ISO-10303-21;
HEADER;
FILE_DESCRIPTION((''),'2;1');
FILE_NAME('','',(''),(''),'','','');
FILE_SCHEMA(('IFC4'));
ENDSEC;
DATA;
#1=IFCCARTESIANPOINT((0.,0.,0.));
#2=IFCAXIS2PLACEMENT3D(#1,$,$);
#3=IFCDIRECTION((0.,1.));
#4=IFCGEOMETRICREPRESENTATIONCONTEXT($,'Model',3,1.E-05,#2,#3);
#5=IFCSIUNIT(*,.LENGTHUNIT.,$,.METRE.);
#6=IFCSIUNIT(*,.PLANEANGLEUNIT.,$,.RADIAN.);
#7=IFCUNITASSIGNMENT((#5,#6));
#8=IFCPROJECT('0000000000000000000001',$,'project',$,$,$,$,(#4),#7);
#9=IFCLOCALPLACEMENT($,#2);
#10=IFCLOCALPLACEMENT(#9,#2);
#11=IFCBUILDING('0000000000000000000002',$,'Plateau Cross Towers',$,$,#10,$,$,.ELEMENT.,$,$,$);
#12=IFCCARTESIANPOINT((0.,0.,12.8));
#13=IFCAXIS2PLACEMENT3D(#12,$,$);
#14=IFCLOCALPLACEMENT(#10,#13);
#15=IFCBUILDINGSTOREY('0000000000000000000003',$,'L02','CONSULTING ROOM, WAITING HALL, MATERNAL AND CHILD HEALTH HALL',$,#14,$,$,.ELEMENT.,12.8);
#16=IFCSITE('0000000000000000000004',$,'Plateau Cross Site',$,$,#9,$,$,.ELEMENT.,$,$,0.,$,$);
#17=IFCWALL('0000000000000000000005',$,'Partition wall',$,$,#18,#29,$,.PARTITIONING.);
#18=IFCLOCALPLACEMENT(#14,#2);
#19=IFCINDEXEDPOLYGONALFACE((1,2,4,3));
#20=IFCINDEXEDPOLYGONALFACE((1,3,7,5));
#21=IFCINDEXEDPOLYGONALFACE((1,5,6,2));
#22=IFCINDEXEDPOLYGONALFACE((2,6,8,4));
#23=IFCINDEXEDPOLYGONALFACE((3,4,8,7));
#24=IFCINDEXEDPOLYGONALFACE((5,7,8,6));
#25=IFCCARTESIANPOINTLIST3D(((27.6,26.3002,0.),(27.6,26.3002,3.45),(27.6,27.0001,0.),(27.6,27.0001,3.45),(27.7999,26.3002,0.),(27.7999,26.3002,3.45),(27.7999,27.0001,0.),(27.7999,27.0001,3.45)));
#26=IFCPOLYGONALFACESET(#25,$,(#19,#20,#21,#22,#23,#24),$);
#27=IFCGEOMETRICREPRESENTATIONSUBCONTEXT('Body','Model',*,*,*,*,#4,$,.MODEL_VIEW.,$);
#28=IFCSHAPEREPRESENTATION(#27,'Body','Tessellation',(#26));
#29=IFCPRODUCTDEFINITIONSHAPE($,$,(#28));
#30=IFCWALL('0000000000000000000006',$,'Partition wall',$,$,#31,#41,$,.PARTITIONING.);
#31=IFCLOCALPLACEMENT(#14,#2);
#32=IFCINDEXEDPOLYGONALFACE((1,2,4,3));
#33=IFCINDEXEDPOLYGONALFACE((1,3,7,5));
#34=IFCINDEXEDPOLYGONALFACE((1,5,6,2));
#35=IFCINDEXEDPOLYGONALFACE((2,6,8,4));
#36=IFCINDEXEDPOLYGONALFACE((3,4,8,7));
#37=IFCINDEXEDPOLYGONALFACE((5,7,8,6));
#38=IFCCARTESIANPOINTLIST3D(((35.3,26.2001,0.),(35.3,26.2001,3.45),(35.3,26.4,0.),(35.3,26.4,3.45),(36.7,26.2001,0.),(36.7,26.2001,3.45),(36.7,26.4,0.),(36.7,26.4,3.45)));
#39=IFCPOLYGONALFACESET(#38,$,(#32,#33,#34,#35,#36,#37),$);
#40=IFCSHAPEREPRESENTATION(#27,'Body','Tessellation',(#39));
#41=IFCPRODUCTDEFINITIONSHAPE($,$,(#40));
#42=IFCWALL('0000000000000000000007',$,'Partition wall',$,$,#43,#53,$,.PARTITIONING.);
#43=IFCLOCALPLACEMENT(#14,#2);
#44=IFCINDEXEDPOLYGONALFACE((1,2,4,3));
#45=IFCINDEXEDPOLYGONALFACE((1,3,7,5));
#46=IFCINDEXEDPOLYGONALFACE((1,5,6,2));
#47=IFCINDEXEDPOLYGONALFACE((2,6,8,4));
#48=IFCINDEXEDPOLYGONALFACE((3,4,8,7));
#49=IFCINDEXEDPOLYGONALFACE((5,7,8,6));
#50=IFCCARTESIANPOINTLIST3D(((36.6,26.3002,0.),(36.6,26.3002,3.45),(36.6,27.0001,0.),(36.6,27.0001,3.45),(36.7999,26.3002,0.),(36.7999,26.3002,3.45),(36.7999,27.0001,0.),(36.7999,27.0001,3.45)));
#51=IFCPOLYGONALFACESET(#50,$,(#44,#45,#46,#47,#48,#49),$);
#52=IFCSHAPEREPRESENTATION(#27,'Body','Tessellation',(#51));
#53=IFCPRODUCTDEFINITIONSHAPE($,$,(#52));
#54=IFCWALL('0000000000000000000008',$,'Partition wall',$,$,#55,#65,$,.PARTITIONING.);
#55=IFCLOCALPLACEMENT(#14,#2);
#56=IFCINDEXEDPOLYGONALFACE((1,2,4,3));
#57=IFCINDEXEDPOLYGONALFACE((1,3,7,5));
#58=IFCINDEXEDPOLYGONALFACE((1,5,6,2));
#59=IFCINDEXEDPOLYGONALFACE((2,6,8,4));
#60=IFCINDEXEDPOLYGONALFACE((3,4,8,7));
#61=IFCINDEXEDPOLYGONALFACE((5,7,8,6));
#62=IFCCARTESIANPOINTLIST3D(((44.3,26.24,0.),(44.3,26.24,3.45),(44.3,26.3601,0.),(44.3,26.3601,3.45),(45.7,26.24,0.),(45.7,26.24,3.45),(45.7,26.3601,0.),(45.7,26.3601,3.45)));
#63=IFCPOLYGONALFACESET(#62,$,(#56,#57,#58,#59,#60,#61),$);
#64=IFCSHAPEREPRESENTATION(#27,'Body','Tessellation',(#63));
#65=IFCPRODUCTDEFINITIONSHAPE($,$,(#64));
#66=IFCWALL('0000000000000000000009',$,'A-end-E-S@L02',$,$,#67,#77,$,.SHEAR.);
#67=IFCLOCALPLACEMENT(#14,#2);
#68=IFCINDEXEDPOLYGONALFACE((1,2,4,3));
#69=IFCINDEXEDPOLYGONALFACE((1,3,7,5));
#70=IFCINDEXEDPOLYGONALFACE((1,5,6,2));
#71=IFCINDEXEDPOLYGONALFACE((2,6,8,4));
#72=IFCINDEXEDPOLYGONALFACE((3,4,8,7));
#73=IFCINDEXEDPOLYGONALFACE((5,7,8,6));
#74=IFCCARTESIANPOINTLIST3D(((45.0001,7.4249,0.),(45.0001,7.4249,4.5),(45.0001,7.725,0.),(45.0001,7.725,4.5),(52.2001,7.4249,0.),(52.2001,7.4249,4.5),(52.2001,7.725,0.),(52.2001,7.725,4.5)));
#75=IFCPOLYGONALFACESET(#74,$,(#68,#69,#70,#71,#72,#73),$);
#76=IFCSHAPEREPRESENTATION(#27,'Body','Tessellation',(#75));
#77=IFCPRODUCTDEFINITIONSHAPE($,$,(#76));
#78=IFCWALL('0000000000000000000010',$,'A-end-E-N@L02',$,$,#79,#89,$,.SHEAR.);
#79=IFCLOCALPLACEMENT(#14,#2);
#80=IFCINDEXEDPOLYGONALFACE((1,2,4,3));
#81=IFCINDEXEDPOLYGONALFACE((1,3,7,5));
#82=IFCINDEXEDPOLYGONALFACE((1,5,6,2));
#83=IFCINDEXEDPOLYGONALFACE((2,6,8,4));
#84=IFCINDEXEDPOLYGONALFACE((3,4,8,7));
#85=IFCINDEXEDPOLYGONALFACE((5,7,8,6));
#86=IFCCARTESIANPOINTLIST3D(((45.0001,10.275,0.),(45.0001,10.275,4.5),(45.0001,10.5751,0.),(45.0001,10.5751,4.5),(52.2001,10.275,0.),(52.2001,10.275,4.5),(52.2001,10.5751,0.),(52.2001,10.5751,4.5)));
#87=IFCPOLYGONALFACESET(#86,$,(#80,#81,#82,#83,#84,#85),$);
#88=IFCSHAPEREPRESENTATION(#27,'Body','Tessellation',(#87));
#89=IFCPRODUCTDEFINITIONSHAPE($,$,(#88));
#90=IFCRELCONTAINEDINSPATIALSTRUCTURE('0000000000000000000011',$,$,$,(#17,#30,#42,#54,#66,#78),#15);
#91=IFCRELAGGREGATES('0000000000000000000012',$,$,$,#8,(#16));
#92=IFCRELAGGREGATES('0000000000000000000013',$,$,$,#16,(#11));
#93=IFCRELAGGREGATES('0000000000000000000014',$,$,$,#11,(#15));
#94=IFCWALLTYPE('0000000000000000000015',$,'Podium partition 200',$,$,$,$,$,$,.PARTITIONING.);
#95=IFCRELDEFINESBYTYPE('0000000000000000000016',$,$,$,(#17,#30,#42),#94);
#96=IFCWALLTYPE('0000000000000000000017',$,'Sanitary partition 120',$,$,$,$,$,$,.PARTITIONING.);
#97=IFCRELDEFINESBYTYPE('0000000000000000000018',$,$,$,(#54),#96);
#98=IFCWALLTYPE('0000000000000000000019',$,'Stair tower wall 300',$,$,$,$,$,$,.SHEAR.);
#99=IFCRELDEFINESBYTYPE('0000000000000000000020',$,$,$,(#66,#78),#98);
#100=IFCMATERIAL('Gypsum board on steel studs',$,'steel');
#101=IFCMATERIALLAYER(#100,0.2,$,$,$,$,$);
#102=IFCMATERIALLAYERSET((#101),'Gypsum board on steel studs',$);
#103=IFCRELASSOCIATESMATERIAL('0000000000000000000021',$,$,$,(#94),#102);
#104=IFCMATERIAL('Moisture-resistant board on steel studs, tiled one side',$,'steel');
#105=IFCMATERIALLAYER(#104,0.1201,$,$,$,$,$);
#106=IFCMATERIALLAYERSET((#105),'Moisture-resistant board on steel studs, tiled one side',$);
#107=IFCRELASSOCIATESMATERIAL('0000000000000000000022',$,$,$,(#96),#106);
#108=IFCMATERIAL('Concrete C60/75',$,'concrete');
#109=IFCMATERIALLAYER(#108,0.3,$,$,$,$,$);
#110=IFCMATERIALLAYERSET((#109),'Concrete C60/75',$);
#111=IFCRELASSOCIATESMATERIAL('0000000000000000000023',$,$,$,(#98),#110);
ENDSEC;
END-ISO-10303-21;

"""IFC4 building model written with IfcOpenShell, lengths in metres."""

from ifc_helpers import new_model, si_unit, direction, frame, frame_2d, origin, place, context, subcontext, project, spatial, rectangle, extrude, material, layer, layer_set, type_object, element, save


model = new_model("IFC4")

# Units and contexts
model_context = context("Model", 3, precision=1e-05, world=origin(), true_north=direction((0.0, 1.0)))
body_context = subcontext(model_context, "Body", "Model", "MODEL_VIEW")
ifc_project = project(units=[si_unit("LENGTHUNIT", "METRE"), si_unit("PLANEANGLEUNIT", "RADIAN")], contexts=[model_context])

# Site, building, storey
site_placement = place(None, origin())
site = spatial("IfcSite", under=ifc_project, at=site_placement, Name="Plateau Cross Site", CompositionType="ELEMENT", RefElevation=0.0)
building_placement = place(site_placement, origin())
building = spatial("IfcBuilding", under=site, at=building_placement, Name="Plateau Cross Towers", CompositionType="ELEMENT")
storey_placement = place(building_placement, frame((0.0, 0.0, 12.8)))
storey = spatial("IfcBuildingStorey", under=building, at=storey_placement, Name="L02", Description="CONSULTING ROOM, WAITING HALL, MATERNAL AND CHILD HEALTH HALL", CompositionType="ELEMENT", Elevation=12.8)

# Shared definitions
ifc_material_1 = material(Name="Concrete C60/75", Category="concrete")

# Shared definitions
ifc_material_2 = material(Name="Gypsum board on steel studs", Category="steel")
ifc_layer_1 = layer(ifc_material_2, 0.2)
ifc_layer_set_1 = layer_set([ifc_layer_1], Name="Gypsum board on steel studs")
wall_type_1 = type_object("IfcWallType", Name="Podium partition 200", PredefinedType="PARTITIONING", material=ifc_layer_set_1)

# Walls
wall_1_placement = place(storey_placement, frame((27.7, 26.3, 0.0), z_axis=(0.0, 0.0, 1.0), x_axis=(0.0, 1.0, 0.0)))
element("IfcWall", 1, at=wall_1_placement, inside=storey, type_object=wall_type_1, Name="Partition wall", PredefinedType="PARTITIONING", context=body_context, shape_type="SweptSolid", body=[
    extrude(rectangle(XDim=0.7, YDim=0.2, at=frame_2d((0.3501, 0.0))), origin(), (0.0, 0.0, 1.0), 3.45),
])
wall_2_placement = place(storey_placement, frame((35.3, 26.3, 0.0), z_axis=(0.0, 0.0, 1.0), x_axis=(1.0, 0.0, 0.0)))
element("IfcWall", 2, at=wall_2_placement, inside=storey, type_object=wall_type_1, Name="Partition wall", PredefinedType="PARTITIONING", context=body_context, shape_type="SweptSolid", body=[
    extrude(rectangle(XDim=1.3999, YDim=0.2, at=frame_2d((0.7, 0.0))), origin(), (0.0, 0.0, 1.0), 3.45),
])
wall_3_placement = place(storey_placement, frame((36.7, 26.3, 0.0), z_axis=(0.0, 0.0, 1.0), x_axis=(0.0, 1.0, 0.0)))
element("IfcWall", 3, at=wall_3_placement, inside=storey, type_object=wall_type_1, Name="Partition wall", PredefinedType="PARTITIONING", context=body_context, shape_type="SweptSolid", body=[
    extrude(rectangle(XDim=0.7, YDim=0.2, at=frame_2d((0.3501, 0.0))), origin(), (0.0, 0.0, 1.0), 3.45),
])
ifc_material_3 = material(Name="Moisture-resistant board on steel studs, tiled one side", Category="steel")
ifc_layer_2 = layer(ifc_material_3, 0.1201)
ifc_layer_set_2 = layer_set([ifc_layer_2], Name="Moisture-resistant board on steel studs, tiled one side")
wall_type_2 = type_object("IfcWallType", Name="Sanitary partition 120", PredefinedType="PARTITIONING", material=ifc_layer_set_2)
wall_4_placement = place(storey_placement, frame((44.3, 26.3, 0.0), z_axis=(0.0, 0.0, 1.0), x_axis=(1.0, 0.0, 0.0)))
element("IfcWall", 4, at=wall_4_placement, inside=storey, type_object=wall_type_2, Name="Partition wall", PredefinedType="PARTITIONING", context=body_context, shape_type="SweptSolid", body=[
    extrude(rectangle(XDim=1.3999, YDim=0.1201, at=frame_2d((0.7, 0.0))), origin(), (0.0, 0.0, 1.0), 3.45),
])
ifc_layer_3 = layer(ifc_material_1, 0.3)
ifc_layer_set_3 = layer_set([ifc_layer_3], Name="Concrete C60/75")
wall_type_3 = type_object("IfcWallType", Name="Stair tower wall 300", PredefinedType="SHEAR", material=ifc_layer_set_3)
for number, where, z_axis, x_axis, name in (
    (5, (45.0, 7.575, 0.0), (0.0, 0.0, 1.0), (1.0, 0.0, 0.0), "A-end-E-S@L02"),
    (6, (45.0, 10.425, 0.0), (0.0, 0.0, 1.0), (1.0, 0.0, 0.0), "A-end-E-N@L02"),
):
    element("IfcWall", number, at=place(storey_placement, frame(where, z_axis=z_axis, x_axis=x_axis)), inside=storey, type_object=wall_type_3, Name=name, PredefinedType="SHEAR", context=body_context, shape_type="SweptSolid", body=[
        extrude(rectangle(XDim=7.2, YDim=0.3, at=frame_2d((3.6001, 0.0))), origin(), (0.0, 0.0, 1.0), 4.5),
    ])

save(model, "model.ifc")
